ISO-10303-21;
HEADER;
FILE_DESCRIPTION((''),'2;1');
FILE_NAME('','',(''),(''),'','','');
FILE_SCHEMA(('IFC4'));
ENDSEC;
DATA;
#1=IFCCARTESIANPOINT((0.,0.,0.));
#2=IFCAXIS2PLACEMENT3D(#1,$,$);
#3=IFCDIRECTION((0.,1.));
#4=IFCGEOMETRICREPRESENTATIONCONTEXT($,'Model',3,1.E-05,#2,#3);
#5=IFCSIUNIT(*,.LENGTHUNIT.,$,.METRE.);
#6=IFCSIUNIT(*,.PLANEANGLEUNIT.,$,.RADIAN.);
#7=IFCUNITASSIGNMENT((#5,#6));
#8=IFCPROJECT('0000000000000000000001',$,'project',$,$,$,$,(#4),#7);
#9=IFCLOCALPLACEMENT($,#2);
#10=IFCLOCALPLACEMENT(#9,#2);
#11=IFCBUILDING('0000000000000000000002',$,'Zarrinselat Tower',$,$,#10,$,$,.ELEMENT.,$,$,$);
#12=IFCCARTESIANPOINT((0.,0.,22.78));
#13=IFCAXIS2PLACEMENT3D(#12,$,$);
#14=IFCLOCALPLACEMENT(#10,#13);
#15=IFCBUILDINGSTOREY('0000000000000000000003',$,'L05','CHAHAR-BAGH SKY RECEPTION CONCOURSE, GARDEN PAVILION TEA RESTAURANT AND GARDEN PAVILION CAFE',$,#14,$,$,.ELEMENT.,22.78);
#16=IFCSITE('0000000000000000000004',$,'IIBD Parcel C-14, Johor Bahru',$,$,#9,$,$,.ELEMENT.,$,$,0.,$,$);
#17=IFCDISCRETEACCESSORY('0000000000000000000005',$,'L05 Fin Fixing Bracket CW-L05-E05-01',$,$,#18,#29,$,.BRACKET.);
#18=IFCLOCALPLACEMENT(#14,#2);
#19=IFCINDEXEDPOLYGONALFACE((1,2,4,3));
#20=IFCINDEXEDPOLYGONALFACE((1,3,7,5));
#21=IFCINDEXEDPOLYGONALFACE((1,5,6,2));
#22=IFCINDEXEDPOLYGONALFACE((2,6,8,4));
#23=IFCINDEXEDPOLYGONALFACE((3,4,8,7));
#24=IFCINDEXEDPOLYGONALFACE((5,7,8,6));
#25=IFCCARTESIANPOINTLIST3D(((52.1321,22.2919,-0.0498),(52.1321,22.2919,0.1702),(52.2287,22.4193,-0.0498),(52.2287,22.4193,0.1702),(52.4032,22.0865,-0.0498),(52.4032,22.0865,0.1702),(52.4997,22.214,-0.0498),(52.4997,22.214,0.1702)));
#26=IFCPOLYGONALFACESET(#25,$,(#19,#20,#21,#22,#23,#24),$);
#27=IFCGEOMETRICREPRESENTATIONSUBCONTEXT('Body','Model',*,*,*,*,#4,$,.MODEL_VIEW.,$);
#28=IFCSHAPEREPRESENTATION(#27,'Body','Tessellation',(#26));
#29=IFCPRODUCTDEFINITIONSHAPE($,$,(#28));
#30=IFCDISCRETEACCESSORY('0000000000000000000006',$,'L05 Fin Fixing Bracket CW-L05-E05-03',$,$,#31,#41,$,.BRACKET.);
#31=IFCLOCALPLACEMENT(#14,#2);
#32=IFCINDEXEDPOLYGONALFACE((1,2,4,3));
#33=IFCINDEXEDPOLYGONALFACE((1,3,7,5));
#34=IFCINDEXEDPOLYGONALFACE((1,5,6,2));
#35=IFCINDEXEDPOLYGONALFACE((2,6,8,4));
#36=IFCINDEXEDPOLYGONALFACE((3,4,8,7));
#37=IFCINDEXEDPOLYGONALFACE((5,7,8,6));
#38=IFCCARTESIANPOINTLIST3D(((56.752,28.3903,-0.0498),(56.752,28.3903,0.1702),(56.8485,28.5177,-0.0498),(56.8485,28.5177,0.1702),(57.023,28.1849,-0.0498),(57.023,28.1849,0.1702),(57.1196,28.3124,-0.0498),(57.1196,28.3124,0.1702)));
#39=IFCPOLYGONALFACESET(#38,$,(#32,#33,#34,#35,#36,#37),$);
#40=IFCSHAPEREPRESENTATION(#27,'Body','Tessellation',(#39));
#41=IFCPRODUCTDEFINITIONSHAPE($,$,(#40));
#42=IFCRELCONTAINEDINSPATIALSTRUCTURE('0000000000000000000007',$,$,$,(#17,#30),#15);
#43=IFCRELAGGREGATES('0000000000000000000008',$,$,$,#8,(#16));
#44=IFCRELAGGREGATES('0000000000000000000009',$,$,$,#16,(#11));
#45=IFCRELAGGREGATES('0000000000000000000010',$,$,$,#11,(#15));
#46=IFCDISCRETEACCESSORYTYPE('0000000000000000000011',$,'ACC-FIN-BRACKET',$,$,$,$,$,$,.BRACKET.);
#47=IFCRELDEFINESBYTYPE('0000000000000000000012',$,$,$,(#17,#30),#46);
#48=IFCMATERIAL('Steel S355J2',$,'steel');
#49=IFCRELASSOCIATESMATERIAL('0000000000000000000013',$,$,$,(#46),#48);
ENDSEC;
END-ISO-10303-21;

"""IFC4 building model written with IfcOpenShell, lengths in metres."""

from ifc_helpers import new_model, si_unit, direction, frame, origin, origin_2d, place, context, subcontext, project, spatial, rectangle, extrude, material, type_object, element, save


model = new_model("IFC4")

# Units and contexts
model_context = context("Model", 3, precision=1e-05, world=origin(), true_north=direction((0.0, 1.0)))
body_context = subcontext(model_context, "Body", "Model", "MODEL_VIEW")
ifc_project = project(units=[si_unit("LENGTHUNIT", "METRE"), si_unit("PLANEANGLEUNIT", "RADIAN")], contexts=[model_context])

# Site, building, storey
site_placement = place(None, origin())
site = spatial("IfcSite", under=ifc_project, at=site_placement, Name="IIBD Parcel C-14, Johor Bahru", CompositionType="ELEMENT", RefElevation=0.0)
building_placement = place(site_placement, origin())
building = spatial("IfcBuilding", under=site, at=building_placement, Name="Zarrinselat Tower", CompositionType="ELEMENT")
storey_placement = place(building_placement, frame((0.0, 0.0, 22.78)))
storey = spatial("IfcBuildingStorey", under=building, at=storey_placement, Name="L05", Description="CHAHAR-BAGH SKY RECEPTION CONCOURSE, GARDEN PAVILION TEA RESTAURANT AND GARDEN PAVILION CAFE", CompositionType="ELEMENT", Elevation=22.78)

# Discrete accessories
ifc_material_1 = material(Name="Steel S355J2", Category="steel")
discrete_accessory_type = type_object("IfcDiscreteAccessoryType", Name="ACC-FIN-BRACKET", PredefinedType="BRACKET", material=ifc_material_1)
for number, where, z_axis, x_axis, name in (
    (1, (52.3159, 22.2529, -0.0498), (0.0, 0.0, 1.0), (0.797092, -0.603858, 0.0), "L05 Fin Fixing Bracket CW-L05-E05-01"),
    (2, (56.9358, 28.3513, -0.0498), (0.0, 0.0, 1.0), (0.797092, -0.603858, 0.0), "L05 Fin Fixing Bracket CW-L05-E05-03"),
):
    element("IfcDiscreteAccessory", number, at=place(storey_placement, frame(where, z_axis=z_axis, x_axis=x_axis)), inside=storey, type_object=discrete_accessory_type, Name=name, PredefinedType="BRACKET", context=body_context, shape_type="SweptSolid", body=[
        extrude(rectangle(XDim=0.3401, YDim=0.1599, at=origin_2d()), origin(), (0.0, 0.0, 1.0), 0.22),
    ])

save(model, "model.ifc")
